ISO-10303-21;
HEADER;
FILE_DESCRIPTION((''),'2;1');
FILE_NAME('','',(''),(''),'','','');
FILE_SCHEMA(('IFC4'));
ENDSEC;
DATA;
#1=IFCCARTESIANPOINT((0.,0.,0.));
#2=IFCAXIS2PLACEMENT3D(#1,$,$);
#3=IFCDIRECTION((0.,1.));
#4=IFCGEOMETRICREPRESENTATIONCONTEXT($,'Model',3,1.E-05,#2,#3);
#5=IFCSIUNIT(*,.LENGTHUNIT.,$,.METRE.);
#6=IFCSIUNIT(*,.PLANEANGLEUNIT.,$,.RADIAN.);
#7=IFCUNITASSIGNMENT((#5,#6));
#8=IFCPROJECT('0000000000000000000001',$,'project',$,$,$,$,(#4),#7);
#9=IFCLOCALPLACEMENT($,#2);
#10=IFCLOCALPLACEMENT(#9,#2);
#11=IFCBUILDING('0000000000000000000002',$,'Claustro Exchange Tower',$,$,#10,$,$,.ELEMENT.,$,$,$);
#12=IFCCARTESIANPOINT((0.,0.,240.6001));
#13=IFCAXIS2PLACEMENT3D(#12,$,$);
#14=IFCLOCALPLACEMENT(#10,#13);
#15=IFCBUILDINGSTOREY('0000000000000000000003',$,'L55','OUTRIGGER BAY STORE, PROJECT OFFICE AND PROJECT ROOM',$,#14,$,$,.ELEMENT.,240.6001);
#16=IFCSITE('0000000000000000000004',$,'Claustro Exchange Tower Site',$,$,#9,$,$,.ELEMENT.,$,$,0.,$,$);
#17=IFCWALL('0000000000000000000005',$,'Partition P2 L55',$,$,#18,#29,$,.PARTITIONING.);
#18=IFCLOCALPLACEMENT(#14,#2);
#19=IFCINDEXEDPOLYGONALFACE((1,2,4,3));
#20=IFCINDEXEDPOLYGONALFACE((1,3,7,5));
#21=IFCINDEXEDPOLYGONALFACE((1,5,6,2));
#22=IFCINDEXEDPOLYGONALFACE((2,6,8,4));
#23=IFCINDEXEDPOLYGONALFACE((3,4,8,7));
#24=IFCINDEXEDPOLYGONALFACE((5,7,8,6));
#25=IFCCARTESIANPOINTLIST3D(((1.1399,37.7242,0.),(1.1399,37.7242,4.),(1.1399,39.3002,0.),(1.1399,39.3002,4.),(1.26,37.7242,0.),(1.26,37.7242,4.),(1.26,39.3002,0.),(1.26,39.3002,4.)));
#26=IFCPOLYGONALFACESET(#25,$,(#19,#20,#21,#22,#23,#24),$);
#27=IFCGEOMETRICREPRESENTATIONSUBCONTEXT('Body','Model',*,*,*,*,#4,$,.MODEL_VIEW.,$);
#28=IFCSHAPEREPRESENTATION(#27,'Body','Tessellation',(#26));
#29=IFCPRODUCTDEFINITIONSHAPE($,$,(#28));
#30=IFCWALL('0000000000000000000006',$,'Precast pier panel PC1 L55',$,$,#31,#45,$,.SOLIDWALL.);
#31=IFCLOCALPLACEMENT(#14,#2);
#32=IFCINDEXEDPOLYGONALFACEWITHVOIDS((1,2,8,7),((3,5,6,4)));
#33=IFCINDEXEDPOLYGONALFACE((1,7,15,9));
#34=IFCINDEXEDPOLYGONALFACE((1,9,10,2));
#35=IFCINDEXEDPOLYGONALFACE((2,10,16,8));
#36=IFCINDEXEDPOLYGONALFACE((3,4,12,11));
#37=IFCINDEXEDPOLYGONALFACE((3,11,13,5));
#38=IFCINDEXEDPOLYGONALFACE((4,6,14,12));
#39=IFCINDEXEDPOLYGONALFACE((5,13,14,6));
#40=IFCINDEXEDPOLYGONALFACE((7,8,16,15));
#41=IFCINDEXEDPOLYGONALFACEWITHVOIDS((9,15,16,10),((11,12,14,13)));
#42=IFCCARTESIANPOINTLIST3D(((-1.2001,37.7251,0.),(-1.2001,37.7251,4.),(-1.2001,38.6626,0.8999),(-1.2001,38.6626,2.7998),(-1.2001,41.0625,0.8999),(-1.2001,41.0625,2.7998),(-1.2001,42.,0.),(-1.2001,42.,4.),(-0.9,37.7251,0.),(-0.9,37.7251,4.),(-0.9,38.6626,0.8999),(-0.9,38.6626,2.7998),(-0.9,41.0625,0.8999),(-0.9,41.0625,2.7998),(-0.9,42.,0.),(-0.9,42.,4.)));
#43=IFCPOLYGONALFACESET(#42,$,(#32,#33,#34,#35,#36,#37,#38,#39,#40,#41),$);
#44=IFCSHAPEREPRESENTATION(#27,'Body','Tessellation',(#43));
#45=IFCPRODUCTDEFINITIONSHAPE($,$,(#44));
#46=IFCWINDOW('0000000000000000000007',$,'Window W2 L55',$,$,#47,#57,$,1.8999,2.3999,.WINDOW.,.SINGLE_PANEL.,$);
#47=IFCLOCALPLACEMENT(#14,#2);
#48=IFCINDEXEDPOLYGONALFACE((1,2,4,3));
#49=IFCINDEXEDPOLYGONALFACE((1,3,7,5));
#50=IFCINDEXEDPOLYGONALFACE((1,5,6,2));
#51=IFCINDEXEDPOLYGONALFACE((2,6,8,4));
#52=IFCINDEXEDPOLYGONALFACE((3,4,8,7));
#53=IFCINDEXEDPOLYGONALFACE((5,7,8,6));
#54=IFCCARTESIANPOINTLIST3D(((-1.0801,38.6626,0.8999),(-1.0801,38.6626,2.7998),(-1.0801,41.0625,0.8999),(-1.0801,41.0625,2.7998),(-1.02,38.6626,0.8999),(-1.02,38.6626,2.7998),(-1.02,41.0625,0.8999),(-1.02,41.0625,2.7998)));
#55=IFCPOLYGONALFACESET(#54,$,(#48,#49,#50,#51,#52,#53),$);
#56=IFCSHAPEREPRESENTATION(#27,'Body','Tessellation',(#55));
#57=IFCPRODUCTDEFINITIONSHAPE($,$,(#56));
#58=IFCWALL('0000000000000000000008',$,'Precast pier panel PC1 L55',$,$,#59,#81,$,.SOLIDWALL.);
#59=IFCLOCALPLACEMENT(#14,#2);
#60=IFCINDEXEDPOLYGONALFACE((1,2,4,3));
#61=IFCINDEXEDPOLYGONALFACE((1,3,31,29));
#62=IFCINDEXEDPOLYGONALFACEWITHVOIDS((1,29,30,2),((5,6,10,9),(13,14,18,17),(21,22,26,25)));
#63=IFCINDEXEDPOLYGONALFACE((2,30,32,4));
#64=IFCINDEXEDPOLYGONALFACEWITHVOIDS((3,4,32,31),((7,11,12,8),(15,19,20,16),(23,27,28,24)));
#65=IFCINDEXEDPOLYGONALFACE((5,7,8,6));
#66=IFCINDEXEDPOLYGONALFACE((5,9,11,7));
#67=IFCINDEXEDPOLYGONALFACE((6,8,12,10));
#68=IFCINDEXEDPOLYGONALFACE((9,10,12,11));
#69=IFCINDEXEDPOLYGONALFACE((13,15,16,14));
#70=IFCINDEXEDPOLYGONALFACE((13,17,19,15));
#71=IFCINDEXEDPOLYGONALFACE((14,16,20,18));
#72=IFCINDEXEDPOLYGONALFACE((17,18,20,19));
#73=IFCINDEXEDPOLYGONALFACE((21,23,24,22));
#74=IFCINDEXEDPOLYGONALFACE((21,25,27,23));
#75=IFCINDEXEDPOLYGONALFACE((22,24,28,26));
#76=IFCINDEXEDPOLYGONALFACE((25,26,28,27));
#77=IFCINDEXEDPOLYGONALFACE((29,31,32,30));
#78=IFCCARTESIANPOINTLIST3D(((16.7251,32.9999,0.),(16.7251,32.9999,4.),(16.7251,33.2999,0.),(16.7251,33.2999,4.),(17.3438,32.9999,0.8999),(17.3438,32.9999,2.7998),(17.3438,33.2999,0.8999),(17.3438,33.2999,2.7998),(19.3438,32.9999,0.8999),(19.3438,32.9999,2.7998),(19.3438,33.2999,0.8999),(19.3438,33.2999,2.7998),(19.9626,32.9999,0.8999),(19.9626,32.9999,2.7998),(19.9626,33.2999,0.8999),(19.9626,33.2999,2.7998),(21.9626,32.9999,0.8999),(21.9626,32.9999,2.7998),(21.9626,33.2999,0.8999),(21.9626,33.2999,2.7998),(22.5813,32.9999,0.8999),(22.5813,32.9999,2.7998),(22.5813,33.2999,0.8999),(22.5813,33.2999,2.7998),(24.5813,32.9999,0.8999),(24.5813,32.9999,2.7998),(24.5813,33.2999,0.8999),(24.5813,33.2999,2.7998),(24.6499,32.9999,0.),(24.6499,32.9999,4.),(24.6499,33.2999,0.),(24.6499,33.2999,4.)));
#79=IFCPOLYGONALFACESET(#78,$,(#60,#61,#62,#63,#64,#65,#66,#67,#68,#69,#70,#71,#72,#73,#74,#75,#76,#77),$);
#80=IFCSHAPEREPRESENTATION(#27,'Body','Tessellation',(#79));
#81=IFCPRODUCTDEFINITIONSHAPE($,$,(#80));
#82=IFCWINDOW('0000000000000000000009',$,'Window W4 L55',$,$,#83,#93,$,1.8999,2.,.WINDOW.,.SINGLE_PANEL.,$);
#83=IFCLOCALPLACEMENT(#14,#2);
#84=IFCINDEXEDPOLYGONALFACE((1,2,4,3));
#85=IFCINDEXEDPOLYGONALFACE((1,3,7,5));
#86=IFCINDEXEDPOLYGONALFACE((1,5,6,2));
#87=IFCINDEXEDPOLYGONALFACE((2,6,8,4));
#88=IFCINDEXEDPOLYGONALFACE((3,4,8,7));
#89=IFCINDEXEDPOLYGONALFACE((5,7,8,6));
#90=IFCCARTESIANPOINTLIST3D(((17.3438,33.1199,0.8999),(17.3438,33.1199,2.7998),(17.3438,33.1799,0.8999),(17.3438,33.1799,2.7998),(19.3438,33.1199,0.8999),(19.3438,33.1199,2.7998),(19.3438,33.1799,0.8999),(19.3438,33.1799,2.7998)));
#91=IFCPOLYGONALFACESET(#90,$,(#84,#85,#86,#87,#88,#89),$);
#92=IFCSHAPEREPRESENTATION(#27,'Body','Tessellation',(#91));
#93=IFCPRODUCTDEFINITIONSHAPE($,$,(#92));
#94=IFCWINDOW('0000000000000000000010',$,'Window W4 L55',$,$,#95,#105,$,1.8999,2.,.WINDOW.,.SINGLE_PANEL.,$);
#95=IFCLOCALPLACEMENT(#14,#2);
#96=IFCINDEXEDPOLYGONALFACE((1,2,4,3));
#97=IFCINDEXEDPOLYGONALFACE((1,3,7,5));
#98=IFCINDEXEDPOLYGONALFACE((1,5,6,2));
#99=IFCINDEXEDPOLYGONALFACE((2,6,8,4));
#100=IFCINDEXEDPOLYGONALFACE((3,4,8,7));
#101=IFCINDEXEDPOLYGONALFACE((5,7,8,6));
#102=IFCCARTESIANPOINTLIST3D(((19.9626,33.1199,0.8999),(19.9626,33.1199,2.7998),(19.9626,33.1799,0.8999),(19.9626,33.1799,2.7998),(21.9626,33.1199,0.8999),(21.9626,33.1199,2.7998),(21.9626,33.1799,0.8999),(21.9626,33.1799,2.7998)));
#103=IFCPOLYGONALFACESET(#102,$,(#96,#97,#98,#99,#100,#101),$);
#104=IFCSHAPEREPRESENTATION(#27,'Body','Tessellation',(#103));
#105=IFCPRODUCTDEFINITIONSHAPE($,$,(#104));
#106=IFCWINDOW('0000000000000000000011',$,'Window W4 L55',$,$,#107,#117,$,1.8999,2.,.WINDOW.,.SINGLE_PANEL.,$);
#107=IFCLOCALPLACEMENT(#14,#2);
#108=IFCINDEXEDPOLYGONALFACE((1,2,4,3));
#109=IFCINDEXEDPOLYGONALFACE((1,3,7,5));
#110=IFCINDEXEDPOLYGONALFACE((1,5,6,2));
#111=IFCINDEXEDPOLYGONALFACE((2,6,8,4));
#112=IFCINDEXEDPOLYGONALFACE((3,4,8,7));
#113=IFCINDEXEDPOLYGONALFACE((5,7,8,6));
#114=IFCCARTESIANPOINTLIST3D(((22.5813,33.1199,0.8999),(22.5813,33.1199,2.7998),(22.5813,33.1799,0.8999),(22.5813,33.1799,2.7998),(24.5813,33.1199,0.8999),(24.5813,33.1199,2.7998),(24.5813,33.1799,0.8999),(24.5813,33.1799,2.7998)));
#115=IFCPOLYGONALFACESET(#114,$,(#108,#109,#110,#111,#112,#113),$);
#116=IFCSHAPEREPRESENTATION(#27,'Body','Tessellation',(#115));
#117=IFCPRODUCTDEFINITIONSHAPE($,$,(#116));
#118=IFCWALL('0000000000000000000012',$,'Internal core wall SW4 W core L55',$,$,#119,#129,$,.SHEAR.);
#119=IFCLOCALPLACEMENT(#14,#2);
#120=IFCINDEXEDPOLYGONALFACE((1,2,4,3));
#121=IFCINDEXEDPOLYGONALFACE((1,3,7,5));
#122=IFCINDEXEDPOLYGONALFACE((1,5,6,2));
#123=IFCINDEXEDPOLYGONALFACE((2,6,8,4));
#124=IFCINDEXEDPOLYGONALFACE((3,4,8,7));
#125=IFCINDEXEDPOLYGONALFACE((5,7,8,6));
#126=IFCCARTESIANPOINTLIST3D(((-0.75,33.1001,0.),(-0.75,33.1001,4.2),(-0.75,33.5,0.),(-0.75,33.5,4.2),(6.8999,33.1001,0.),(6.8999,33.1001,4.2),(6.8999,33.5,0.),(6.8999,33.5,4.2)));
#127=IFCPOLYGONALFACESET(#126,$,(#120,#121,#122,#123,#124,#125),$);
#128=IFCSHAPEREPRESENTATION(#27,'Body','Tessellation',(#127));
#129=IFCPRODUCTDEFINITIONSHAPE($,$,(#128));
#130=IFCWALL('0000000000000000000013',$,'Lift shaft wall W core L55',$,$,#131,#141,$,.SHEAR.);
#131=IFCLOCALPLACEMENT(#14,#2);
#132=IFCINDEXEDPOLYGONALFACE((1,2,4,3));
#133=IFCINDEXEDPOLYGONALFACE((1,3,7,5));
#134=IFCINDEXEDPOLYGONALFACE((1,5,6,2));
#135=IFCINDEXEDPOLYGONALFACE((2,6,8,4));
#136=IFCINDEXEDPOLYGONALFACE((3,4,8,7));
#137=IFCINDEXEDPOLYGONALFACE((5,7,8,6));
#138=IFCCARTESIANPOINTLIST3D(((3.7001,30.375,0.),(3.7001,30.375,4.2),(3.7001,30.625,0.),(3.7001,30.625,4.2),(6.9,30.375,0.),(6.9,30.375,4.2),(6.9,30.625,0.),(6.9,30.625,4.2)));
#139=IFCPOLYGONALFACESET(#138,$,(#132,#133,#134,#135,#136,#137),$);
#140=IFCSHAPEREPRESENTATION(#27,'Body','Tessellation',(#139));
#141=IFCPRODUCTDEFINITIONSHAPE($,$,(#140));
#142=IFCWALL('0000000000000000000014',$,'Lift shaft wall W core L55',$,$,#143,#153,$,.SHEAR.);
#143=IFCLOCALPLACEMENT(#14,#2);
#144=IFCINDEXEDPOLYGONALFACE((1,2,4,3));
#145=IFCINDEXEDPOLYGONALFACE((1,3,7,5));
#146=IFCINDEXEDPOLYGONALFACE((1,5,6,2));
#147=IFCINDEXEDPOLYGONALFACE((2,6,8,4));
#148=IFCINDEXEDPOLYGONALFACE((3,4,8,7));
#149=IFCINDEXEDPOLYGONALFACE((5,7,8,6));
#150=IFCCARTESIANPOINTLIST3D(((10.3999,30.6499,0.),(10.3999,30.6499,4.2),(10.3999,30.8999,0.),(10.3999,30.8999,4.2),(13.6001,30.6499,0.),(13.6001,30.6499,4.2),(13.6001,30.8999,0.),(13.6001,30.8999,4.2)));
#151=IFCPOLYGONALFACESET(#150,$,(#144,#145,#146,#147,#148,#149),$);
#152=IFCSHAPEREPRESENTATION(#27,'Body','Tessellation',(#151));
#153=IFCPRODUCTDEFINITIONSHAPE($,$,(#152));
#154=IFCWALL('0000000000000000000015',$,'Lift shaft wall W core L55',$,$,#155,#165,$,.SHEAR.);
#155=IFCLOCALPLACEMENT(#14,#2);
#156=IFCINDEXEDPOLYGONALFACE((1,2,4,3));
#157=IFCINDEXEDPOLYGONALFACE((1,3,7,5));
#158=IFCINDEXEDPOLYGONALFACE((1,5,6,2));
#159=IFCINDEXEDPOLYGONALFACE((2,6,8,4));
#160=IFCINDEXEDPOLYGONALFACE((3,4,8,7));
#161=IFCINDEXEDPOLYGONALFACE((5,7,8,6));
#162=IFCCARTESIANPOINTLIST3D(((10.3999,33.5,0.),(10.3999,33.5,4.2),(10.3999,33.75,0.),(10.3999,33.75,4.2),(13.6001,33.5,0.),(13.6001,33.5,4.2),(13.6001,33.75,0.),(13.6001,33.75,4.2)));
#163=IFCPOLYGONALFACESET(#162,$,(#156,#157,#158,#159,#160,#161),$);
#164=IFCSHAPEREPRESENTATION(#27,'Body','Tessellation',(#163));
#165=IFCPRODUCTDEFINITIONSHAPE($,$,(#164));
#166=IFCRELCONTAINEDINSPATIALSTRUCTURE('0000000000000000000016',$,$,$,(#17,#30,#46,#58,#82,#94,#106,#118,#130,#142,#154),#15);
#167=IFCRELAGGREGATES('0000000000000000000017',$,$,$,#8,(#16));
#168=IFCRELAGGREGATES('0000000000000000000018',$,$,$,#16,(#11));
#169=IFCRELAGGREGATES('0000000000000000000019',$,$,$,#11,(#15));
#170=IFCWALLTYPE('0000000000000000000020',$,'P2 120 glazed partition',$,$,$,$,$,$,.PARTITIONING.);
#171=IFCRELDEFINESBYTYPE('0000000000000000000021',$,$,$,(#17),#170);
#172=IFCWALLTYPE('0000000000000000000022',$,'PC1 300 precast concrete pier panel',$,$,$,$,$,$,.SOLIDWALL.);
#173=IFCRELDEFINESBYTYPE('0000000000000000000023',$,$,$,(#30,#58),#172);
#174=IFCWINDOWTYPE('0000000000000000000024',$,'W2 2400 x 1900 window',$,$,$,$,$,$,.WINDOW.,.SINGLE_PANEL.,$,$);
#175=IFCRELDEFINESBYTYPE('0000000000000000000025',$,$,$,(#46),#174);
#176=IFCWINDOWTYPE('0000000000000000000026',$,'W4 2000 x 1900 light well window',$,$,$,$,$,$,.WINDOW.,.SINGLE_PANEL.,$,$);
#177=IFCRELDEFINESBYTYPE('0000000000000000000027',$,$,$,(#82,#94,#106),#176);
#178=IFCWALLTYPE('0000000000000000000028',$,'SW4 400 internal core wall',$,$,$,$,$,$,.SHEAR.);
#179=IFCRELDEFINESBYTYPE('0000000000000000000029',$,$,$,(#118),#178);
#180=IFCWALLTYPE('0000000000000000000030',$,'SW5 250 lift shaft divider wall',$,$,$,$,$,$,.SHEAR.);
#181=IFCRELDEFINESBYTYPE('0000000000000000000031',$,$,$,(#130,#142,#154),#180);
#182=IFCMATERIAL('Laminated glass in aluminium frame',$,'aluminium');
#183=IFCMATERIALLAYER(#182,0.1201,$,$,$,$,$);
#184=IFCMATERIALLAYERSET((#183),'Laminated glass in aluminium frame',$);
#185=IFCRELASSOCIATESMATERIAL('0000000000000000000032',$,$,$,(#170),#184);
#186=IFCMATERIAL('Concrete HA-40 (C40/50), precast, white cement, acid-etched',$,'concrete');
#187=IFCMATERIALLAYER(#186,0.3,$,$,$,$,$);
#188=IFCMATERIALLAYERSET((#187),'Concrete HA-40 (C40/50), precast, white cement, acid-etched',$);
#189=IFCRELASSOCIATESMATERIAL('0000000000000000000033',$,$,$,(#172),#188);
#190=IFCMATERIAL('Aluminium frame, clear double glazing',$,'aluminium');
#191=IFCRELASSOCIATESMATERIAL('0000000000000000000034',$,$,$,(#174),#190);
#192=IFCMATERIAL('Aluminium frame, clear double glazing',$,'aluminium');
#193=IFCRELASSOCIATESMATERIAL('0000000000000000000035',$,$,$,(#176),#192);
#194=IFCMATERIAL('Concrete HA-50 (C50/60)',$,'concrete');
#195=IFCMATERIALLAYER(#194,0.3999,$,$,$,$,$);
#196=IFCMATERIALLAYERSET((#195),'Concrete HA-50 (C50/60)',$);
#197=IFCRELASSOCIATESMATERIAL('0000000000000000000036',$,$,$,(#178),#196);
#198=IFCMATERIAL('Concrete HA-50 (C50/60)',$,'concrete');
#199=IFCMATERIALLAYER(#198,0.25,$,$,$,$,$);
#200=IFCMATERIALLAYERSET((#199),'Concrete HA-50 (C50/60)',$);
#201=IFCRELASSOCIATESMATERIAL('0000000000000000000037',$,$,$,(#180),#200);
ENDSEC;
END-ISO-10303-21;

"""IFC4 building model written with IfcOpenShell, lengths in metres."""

from ifc_helpers import new_model, si_unit, direction, frame, frame_2d, origin, place, context, subcontext, project, spatial, rectangle, extrude, material, layer, layer_set, type_object, element, fill, save


model = new_model("IFC4")

# Units and contexts
model_context = context("Model", 3, precision=1e-05, world=origin(), true_north=direction((0.0, 1.0)))
body_context = subcontext(model_context, "Body", "Model", "MODEL_VIEW")
ifc_project = project(units=[si_unit("LENGTHUNIT", "METRE"), si_unit("PLANEANGLEUNIT", "RADIAN")], contexts=[model_context])

# Site, building, storey
site_placement = place(None, origin())
site = spatial("IfcSite", under=ifc_project, at=site_placement, Name="Claustro Exchange Tower Site", CompositionType="ELEMENT", RefElevation=0.0)
building_placement = place(site_placement, origin())
building = spatial("IfcBuilding", under=site, at=building_placement, Name="Claustro Exchange Tower", CompositionType="ELEMENT")
storey_placement = place(building_placement, frame((0.0, 0.0, 240.6001)))
storey = spatial("IfcBuildingStorey", under=building, at=storey_placement, Name="L55", Description="OUTRIGGER BAY STORE, PROJECT OFFICE AND PROJECT ROOM", CompositionType="ELEMENT", Elevation=240.6001)

# Wall
ifc_material_1 = material(Name="Laminated glass in aluminium frame", Category="aluminium")
ifc_layer_1 = layer(ifc_material_1, 0.1201)
ifc_layer_set_1 = layer_set([ifc_layer_1], Name="Laminated glass in aluminium frame")
wall_type_1 = type_object("IfcWallType", Name="P2 120 glazed partition", PredefinedType="PARTITIONING", material=ifc_layer_set_1)
wall_1_placement = place(storey_placement, frame((1.2, 37.7241, 0.0), z_axis=(0.0, 0.0, 1.0), x_axis=(0.0, 1.0, 0.0)))
element("IfcWall", 1, at=wall_1_placement, inside=storey, type_object=wall_type_1, Name="Partition P2 L55", PredefinedType="PARTITIONING", context=body_context, shape_type="SweptSolid", body=[
    extrude(rectangle(XDim=1.5759, YDim=0.1201, at=frame_2d((0.7881, 0.0))), origin(), (0.0, 0.0, 1.0), 4.0),
])

# Wall, opening, window
ifc_material_2 = material(Name="Concrete HA-40 (C40/50), precast, white cement, acid-etched", Category="concrete")
ifc_layer_2 = layer(ifc_material_2, 0.3)
ifc_layer_set_2 = layer_set([ifc_layer_2], Name="Concrete HA-40 (C40/50), precast, white cement, acid-etched")
wall_type_2 = type_object("IfcWallType", Name="PC1 300 precast concrete pier panel", PredefinedType="SOLIDWALL", material=ifc_layer_set_2)
wall_2_placement = place(storey_placement, frame((-1.05, 37.7251, 0.0), z_axis=(0.0, 0.0, 1.0), x_axis=(0.0, 1.0, 0.0)))
wall_2 = element("IfcWall", 2, at=wall_2_placement, inside=storey, type_object=wall_type_2, Name="Precast pier panel PC1 L55", PredefinedType="SOLIDWALL", context=body_context, shape_type="SweptSolid", body=[
    extrude(rectangle(XDim=4.2749, YDim=0.3, at=frame_2d((2.1375, 0.0))), origin(), (0.0, 0.0, 1.0), 4.0),
])
opening_1_placement = place(wall_2_placement, frame((0.9375, 0.0, 0.8999)))
opening_1 = element("IfcOpeningElement", 3, at=opening_1_placement, cuts=wall_2, PredefinedType="OPENING", context=body_context, shape_type="SweptSolid", body=[
    extrude(rectangle(XDim=2.3999, YDim=1.8999, at=frame_2d((1.2, 0.95))), frame((0.0, 0.1599, 0.0), z_axis=(0.0, -1.0, 0.0), x_axis=(1.0, 0.0, 0.0)), (0.0, 0.0, 1.0), 0.3201),
])
ifc_material_3 = material(Name="Aluminium frame, clear double glazing", Category="aluminium")
window_type_1 = type_object("IfcWindowType", Name="W2 2400 x 1900 window", PartitioningType="SINGLE_PANEL", PredefinedType="WINDOW", material=ifc_material_3)
window_1_placement = place(opening_1_placement, origin())
window_1 = element("IfcWindow", 4, at=window_1_placement, inside=storey, type_object=window_type_1, Name="Window W2 L55", OverallHeight=1.8999, OverallWidth=2.3999, PartitioningType="SINGLE_PANEL", PredefinedType="WINDOW", context=body_context, shape_type="SweptSolid", body=[
    extrude(rectangle(XDim=2.3999, YDim=1.8999, at=frame_2d((1.2, 0.95))), frame((0.0, 0.03, 0.0), z_axis=(0.0, -1.0, 0.0), x_axis=(1.0, 0.0, 0.0)), (0.0, 0.0, 1.0), 0.0601),
])
fill(opening_1, window_1)

# Wall, openings, windows
wall_3_placement = place(storey_placement, frame((16.7251, 33.1499, 0.0), z_axis=(0.0, 0.0, 1.0), x_axis=(1.0, 0.0, 0.0)))
wall_3 = element("IfcWall", 5, at=wall_3_placement, inside=storey, type_object=wall_type_2, Name="Precast pier panel PC1 L55", PredefinedType="SOLIDWALL", context=body_context, shape_type="SweptSolid", body=[
    extrude(rectangle(XDim=7.9248, YDim=0.3, at=frame_2d((3.9624, 0.0))), origin(), (0.0, 0.0, 1.0), 4.0),
])
opening_2_placement = place(wall_3_placement, frame((0.6187, 0.0, 0.8999)))
opening_2 = element("IfcOpeningElement", 6, at=opening_2_placement, cuts=wall_3, PredefinedType="OPENING", context=body_context, shape_type="SweptSolid", body=[
    extrude(rectangle(XDim=2.0, YDim=1.8999, at=frame_2d((1.0, 0.95))), frame((0.0, 0.1599, 0.0), z_axis=(0.0, -1.0, 0.0), x_axis=(1.0, 0.0, 0.0)), (0.0, 0.0, 1.0), 0.3201),
])
opening_3_placement = place(wall_3_placement, frame((3.2375, 0.0, 0.8999)))
opening_3 = element("IfcOpeningElement", 7, at=opening_3_placement, cuts=wall_3, PredefinedType="OPENING", context=body_context, shape_type="SweptSolid", body=[
    extrude(rectangle(XDim=2.0, YDim=1.8999, at=frame_2d((1.0, 0.95))), frame((0.0, 0.1599, 0.0), z_axis=(0.0, -1.0, 0.0), x_axis=(1.0, 0.0, 0.0)), (0.0, 0.0, 1.0), 0.3201),
])
opening_4_placement = place(wall_3_placement, frame((5.8562, 0.0, 0.8999)))
opening_4 = element("IfcOpeningElement", 8, at=opening_4_placement, cuts=wall_3, PredefinedType="OPENING", context=body_context, shape_type="SweptSolid", body=[
    extrude(rectangle(XDim=2.0, YDim=1.8999, at=frame_2d((1.0, 0.95))), frame((0.0, 0.1599, 0.0), z_axis=(0.0, -1.0, 0.0), x_axis=(1.0, 0.0, 0.0)), (0.0, 0.0, 1.0), 0.3201),
])
ifc_material_4 = material(Name="Aluminium frame, clear double glazing", Category="aluminium")
window_type_2 = type_object("IfcWindowType", Name="W4 2000 x 1900 light well window", PartitioningType="SINGLE_PANEL", PredefinedType="WINDOW", material=ifc_material_4)
window_2_placement = place(opening_2_placement, origin())
window_2 = element("IfcWindow", 9, at=window_2_placement, inside=storey, type_object=window_type_2, Name="Window W4 L55", OverallHeight=1.8999, OverallWidth=2.0, PartitioningType="SINGLE_PANEL", PredefinedType="WINDOW", context=body_context, shape_type="SweptSolid", body=[
    extrude(rectangle(XDim=2.0, YDim=1.8999, at=frame_2d((1.0, 0.95))), frame((0.0, 0.03, 0.0), z_axis=(0.0, -1.0, 0.0), x_axis=(1.0, 0.0, 0.0)), (0.0, 0.0, 1.0), 0.0601),
])
fill(opening_2, window_2)
window_3_placement = place(opening_3_placement, origin())
window_3 = element("IfcWindow", 10, at=window_3_placement, inside=storey, type_object=window_type_2, Name="Window W4 L55", OverallHeight=1.8999, OverallWidth=2.0, PartitioningType="SINGLE_PANEL", PredefinedType="WINDOW", context=body_context, shape_type="SweptSolid", body=[
    extrude(rectangle(XDim=2.0, YDim=1.8999, at=frame_2d((1.0, 0.95))), frame((0.0, 0.03, 0.0), z_axis=(0.0, -1.0, 0.0), x_axis=(1.0, 0.0, 0.0)), (0.0, 0.0, 1.0), 0.0601),
])
fill(opening_3, window_3)
window_4_placement = place(opening_4_placement, origin())
window_4 = element("IfcWindow", 11, at=window_4_placement, inside=storey, type_object=window_type_2, Name="Window W4 L55", OverallHeight=1.8999, OverallWidth=2.0, PartitioningType="SINGLE_PANEL", PredefinedType="WINDOW", context=body_context, shape_type="SweptSolid", body=[
    extrude(rectangle(XDim=2.0, YDim=1.8999, at=frame_2d((1.0, 0.95))), frame((0.0, 0.03, 0.0), z_axis=(0.0, -1.0, 0.0), x_axis=(1.0, 0.0, 0.0)), (0.0, 0.0, 1.0), 0.0601),
])
fill(opening_4, window_4)

# Walls
ifc_material_5 = material(Name="Concrete HA-50 (C50/60)", Category="concrete")
ifc_layer_3 = layer(ifc_material_5, 0.3999)
ifc_layer_set_3 = layer_set([ifc_layer_3], Name="Concrete HA-50 (C50/60)")
wall_type_3 = type_object("IfcWallType", Name="SW4 400 internal core wall", PredefinedType="SHEAR", material=ifc_layer_set_3)
wall_4_placement = place(storey_placement, frame((-0.75, 33.3, 0.0), z_axis=(0.0, 0.0, 1.0), x_axis=(1.0, 0.0, 0.0)))
element("IfcWall", 12, at=wall_4_placement, inside=storey, type_object=wall_type_3, Name="Internal core wall SW4 W core L55", PredefinedType="SHEAR", context=body_context, shape_type="SweptSolid", body=[
    extrude(rectangle(XDim=7.6499, YDim=0.3999, at=frame_2d((3.825, 0.0))), origin(), (0.0, 0.0, 1.0), 4.2),
])
ifc_material_6 = material(Name="Concrete HA-50 (C50/60)", Category="concrete")
ifc_layer_4 = layer(ifc_material_6, 0.25)
ifc_layer_set_4 = layer_set([ifc_layer_4], Name="Concrete HA-50 (C50/60)")
wall_type_4 = type_object("IfcWallType", Name="SW5 250 lift shaft divider wall", PredefinedType="SHEAR", material=ifc_layer_set_4)
wall_5_placement = place(storey_placement, frame((3.7, 30.5, 0.0), z_axis=(0.0, 0.0, 1.0), x_axis=(1.0, 0.0, 0.0)))
element("IfcWall", 13, at=wall_5_placement, inside=storey, type_object=wall_type_4, Name="Lift shaft wall W core L55", PredefinedType="SHEAR", context=body_context, shape_type="SweptSolid", body=[
    extrude(rectangle(XDim=3.2, YDim=0.25, at=frame_2d((1.6001, 0.0))), origin(), (0.0, 0.0, 1.0), 4.2),
])
for number, where, z_axis, x_axis, name in (
    (14, (10.3999, 30.7749, 0.0), (0.0, 0.0, 1.0), (1.0, 0.0, 0.0), "Lift shaft wall W core L55"),
    (15, (10.3999, 33.625, 0.0), (0.0, 0.0, 1.0), (1.0, 0.0, 0.0), "Lift shaft wall W core L55"),
):
    element("IfcWall", number, at=place(storey_placement, frame(where, z_axis=z_axis, x_axis=x_axis)), inside=storey, type_object=wall_type_4, Name=name, PredefinedType="SHEAR", context=body_context, shape_type="SweptSolid", body=[
        extrude(rectangle(XDim=3.2002, YDim=0.25, at=frame_2d((1.6001, 0.0))), origin(), (0.0, 0.0, 1.0), 4.2),
    ])

save(model, "model.ifc")
